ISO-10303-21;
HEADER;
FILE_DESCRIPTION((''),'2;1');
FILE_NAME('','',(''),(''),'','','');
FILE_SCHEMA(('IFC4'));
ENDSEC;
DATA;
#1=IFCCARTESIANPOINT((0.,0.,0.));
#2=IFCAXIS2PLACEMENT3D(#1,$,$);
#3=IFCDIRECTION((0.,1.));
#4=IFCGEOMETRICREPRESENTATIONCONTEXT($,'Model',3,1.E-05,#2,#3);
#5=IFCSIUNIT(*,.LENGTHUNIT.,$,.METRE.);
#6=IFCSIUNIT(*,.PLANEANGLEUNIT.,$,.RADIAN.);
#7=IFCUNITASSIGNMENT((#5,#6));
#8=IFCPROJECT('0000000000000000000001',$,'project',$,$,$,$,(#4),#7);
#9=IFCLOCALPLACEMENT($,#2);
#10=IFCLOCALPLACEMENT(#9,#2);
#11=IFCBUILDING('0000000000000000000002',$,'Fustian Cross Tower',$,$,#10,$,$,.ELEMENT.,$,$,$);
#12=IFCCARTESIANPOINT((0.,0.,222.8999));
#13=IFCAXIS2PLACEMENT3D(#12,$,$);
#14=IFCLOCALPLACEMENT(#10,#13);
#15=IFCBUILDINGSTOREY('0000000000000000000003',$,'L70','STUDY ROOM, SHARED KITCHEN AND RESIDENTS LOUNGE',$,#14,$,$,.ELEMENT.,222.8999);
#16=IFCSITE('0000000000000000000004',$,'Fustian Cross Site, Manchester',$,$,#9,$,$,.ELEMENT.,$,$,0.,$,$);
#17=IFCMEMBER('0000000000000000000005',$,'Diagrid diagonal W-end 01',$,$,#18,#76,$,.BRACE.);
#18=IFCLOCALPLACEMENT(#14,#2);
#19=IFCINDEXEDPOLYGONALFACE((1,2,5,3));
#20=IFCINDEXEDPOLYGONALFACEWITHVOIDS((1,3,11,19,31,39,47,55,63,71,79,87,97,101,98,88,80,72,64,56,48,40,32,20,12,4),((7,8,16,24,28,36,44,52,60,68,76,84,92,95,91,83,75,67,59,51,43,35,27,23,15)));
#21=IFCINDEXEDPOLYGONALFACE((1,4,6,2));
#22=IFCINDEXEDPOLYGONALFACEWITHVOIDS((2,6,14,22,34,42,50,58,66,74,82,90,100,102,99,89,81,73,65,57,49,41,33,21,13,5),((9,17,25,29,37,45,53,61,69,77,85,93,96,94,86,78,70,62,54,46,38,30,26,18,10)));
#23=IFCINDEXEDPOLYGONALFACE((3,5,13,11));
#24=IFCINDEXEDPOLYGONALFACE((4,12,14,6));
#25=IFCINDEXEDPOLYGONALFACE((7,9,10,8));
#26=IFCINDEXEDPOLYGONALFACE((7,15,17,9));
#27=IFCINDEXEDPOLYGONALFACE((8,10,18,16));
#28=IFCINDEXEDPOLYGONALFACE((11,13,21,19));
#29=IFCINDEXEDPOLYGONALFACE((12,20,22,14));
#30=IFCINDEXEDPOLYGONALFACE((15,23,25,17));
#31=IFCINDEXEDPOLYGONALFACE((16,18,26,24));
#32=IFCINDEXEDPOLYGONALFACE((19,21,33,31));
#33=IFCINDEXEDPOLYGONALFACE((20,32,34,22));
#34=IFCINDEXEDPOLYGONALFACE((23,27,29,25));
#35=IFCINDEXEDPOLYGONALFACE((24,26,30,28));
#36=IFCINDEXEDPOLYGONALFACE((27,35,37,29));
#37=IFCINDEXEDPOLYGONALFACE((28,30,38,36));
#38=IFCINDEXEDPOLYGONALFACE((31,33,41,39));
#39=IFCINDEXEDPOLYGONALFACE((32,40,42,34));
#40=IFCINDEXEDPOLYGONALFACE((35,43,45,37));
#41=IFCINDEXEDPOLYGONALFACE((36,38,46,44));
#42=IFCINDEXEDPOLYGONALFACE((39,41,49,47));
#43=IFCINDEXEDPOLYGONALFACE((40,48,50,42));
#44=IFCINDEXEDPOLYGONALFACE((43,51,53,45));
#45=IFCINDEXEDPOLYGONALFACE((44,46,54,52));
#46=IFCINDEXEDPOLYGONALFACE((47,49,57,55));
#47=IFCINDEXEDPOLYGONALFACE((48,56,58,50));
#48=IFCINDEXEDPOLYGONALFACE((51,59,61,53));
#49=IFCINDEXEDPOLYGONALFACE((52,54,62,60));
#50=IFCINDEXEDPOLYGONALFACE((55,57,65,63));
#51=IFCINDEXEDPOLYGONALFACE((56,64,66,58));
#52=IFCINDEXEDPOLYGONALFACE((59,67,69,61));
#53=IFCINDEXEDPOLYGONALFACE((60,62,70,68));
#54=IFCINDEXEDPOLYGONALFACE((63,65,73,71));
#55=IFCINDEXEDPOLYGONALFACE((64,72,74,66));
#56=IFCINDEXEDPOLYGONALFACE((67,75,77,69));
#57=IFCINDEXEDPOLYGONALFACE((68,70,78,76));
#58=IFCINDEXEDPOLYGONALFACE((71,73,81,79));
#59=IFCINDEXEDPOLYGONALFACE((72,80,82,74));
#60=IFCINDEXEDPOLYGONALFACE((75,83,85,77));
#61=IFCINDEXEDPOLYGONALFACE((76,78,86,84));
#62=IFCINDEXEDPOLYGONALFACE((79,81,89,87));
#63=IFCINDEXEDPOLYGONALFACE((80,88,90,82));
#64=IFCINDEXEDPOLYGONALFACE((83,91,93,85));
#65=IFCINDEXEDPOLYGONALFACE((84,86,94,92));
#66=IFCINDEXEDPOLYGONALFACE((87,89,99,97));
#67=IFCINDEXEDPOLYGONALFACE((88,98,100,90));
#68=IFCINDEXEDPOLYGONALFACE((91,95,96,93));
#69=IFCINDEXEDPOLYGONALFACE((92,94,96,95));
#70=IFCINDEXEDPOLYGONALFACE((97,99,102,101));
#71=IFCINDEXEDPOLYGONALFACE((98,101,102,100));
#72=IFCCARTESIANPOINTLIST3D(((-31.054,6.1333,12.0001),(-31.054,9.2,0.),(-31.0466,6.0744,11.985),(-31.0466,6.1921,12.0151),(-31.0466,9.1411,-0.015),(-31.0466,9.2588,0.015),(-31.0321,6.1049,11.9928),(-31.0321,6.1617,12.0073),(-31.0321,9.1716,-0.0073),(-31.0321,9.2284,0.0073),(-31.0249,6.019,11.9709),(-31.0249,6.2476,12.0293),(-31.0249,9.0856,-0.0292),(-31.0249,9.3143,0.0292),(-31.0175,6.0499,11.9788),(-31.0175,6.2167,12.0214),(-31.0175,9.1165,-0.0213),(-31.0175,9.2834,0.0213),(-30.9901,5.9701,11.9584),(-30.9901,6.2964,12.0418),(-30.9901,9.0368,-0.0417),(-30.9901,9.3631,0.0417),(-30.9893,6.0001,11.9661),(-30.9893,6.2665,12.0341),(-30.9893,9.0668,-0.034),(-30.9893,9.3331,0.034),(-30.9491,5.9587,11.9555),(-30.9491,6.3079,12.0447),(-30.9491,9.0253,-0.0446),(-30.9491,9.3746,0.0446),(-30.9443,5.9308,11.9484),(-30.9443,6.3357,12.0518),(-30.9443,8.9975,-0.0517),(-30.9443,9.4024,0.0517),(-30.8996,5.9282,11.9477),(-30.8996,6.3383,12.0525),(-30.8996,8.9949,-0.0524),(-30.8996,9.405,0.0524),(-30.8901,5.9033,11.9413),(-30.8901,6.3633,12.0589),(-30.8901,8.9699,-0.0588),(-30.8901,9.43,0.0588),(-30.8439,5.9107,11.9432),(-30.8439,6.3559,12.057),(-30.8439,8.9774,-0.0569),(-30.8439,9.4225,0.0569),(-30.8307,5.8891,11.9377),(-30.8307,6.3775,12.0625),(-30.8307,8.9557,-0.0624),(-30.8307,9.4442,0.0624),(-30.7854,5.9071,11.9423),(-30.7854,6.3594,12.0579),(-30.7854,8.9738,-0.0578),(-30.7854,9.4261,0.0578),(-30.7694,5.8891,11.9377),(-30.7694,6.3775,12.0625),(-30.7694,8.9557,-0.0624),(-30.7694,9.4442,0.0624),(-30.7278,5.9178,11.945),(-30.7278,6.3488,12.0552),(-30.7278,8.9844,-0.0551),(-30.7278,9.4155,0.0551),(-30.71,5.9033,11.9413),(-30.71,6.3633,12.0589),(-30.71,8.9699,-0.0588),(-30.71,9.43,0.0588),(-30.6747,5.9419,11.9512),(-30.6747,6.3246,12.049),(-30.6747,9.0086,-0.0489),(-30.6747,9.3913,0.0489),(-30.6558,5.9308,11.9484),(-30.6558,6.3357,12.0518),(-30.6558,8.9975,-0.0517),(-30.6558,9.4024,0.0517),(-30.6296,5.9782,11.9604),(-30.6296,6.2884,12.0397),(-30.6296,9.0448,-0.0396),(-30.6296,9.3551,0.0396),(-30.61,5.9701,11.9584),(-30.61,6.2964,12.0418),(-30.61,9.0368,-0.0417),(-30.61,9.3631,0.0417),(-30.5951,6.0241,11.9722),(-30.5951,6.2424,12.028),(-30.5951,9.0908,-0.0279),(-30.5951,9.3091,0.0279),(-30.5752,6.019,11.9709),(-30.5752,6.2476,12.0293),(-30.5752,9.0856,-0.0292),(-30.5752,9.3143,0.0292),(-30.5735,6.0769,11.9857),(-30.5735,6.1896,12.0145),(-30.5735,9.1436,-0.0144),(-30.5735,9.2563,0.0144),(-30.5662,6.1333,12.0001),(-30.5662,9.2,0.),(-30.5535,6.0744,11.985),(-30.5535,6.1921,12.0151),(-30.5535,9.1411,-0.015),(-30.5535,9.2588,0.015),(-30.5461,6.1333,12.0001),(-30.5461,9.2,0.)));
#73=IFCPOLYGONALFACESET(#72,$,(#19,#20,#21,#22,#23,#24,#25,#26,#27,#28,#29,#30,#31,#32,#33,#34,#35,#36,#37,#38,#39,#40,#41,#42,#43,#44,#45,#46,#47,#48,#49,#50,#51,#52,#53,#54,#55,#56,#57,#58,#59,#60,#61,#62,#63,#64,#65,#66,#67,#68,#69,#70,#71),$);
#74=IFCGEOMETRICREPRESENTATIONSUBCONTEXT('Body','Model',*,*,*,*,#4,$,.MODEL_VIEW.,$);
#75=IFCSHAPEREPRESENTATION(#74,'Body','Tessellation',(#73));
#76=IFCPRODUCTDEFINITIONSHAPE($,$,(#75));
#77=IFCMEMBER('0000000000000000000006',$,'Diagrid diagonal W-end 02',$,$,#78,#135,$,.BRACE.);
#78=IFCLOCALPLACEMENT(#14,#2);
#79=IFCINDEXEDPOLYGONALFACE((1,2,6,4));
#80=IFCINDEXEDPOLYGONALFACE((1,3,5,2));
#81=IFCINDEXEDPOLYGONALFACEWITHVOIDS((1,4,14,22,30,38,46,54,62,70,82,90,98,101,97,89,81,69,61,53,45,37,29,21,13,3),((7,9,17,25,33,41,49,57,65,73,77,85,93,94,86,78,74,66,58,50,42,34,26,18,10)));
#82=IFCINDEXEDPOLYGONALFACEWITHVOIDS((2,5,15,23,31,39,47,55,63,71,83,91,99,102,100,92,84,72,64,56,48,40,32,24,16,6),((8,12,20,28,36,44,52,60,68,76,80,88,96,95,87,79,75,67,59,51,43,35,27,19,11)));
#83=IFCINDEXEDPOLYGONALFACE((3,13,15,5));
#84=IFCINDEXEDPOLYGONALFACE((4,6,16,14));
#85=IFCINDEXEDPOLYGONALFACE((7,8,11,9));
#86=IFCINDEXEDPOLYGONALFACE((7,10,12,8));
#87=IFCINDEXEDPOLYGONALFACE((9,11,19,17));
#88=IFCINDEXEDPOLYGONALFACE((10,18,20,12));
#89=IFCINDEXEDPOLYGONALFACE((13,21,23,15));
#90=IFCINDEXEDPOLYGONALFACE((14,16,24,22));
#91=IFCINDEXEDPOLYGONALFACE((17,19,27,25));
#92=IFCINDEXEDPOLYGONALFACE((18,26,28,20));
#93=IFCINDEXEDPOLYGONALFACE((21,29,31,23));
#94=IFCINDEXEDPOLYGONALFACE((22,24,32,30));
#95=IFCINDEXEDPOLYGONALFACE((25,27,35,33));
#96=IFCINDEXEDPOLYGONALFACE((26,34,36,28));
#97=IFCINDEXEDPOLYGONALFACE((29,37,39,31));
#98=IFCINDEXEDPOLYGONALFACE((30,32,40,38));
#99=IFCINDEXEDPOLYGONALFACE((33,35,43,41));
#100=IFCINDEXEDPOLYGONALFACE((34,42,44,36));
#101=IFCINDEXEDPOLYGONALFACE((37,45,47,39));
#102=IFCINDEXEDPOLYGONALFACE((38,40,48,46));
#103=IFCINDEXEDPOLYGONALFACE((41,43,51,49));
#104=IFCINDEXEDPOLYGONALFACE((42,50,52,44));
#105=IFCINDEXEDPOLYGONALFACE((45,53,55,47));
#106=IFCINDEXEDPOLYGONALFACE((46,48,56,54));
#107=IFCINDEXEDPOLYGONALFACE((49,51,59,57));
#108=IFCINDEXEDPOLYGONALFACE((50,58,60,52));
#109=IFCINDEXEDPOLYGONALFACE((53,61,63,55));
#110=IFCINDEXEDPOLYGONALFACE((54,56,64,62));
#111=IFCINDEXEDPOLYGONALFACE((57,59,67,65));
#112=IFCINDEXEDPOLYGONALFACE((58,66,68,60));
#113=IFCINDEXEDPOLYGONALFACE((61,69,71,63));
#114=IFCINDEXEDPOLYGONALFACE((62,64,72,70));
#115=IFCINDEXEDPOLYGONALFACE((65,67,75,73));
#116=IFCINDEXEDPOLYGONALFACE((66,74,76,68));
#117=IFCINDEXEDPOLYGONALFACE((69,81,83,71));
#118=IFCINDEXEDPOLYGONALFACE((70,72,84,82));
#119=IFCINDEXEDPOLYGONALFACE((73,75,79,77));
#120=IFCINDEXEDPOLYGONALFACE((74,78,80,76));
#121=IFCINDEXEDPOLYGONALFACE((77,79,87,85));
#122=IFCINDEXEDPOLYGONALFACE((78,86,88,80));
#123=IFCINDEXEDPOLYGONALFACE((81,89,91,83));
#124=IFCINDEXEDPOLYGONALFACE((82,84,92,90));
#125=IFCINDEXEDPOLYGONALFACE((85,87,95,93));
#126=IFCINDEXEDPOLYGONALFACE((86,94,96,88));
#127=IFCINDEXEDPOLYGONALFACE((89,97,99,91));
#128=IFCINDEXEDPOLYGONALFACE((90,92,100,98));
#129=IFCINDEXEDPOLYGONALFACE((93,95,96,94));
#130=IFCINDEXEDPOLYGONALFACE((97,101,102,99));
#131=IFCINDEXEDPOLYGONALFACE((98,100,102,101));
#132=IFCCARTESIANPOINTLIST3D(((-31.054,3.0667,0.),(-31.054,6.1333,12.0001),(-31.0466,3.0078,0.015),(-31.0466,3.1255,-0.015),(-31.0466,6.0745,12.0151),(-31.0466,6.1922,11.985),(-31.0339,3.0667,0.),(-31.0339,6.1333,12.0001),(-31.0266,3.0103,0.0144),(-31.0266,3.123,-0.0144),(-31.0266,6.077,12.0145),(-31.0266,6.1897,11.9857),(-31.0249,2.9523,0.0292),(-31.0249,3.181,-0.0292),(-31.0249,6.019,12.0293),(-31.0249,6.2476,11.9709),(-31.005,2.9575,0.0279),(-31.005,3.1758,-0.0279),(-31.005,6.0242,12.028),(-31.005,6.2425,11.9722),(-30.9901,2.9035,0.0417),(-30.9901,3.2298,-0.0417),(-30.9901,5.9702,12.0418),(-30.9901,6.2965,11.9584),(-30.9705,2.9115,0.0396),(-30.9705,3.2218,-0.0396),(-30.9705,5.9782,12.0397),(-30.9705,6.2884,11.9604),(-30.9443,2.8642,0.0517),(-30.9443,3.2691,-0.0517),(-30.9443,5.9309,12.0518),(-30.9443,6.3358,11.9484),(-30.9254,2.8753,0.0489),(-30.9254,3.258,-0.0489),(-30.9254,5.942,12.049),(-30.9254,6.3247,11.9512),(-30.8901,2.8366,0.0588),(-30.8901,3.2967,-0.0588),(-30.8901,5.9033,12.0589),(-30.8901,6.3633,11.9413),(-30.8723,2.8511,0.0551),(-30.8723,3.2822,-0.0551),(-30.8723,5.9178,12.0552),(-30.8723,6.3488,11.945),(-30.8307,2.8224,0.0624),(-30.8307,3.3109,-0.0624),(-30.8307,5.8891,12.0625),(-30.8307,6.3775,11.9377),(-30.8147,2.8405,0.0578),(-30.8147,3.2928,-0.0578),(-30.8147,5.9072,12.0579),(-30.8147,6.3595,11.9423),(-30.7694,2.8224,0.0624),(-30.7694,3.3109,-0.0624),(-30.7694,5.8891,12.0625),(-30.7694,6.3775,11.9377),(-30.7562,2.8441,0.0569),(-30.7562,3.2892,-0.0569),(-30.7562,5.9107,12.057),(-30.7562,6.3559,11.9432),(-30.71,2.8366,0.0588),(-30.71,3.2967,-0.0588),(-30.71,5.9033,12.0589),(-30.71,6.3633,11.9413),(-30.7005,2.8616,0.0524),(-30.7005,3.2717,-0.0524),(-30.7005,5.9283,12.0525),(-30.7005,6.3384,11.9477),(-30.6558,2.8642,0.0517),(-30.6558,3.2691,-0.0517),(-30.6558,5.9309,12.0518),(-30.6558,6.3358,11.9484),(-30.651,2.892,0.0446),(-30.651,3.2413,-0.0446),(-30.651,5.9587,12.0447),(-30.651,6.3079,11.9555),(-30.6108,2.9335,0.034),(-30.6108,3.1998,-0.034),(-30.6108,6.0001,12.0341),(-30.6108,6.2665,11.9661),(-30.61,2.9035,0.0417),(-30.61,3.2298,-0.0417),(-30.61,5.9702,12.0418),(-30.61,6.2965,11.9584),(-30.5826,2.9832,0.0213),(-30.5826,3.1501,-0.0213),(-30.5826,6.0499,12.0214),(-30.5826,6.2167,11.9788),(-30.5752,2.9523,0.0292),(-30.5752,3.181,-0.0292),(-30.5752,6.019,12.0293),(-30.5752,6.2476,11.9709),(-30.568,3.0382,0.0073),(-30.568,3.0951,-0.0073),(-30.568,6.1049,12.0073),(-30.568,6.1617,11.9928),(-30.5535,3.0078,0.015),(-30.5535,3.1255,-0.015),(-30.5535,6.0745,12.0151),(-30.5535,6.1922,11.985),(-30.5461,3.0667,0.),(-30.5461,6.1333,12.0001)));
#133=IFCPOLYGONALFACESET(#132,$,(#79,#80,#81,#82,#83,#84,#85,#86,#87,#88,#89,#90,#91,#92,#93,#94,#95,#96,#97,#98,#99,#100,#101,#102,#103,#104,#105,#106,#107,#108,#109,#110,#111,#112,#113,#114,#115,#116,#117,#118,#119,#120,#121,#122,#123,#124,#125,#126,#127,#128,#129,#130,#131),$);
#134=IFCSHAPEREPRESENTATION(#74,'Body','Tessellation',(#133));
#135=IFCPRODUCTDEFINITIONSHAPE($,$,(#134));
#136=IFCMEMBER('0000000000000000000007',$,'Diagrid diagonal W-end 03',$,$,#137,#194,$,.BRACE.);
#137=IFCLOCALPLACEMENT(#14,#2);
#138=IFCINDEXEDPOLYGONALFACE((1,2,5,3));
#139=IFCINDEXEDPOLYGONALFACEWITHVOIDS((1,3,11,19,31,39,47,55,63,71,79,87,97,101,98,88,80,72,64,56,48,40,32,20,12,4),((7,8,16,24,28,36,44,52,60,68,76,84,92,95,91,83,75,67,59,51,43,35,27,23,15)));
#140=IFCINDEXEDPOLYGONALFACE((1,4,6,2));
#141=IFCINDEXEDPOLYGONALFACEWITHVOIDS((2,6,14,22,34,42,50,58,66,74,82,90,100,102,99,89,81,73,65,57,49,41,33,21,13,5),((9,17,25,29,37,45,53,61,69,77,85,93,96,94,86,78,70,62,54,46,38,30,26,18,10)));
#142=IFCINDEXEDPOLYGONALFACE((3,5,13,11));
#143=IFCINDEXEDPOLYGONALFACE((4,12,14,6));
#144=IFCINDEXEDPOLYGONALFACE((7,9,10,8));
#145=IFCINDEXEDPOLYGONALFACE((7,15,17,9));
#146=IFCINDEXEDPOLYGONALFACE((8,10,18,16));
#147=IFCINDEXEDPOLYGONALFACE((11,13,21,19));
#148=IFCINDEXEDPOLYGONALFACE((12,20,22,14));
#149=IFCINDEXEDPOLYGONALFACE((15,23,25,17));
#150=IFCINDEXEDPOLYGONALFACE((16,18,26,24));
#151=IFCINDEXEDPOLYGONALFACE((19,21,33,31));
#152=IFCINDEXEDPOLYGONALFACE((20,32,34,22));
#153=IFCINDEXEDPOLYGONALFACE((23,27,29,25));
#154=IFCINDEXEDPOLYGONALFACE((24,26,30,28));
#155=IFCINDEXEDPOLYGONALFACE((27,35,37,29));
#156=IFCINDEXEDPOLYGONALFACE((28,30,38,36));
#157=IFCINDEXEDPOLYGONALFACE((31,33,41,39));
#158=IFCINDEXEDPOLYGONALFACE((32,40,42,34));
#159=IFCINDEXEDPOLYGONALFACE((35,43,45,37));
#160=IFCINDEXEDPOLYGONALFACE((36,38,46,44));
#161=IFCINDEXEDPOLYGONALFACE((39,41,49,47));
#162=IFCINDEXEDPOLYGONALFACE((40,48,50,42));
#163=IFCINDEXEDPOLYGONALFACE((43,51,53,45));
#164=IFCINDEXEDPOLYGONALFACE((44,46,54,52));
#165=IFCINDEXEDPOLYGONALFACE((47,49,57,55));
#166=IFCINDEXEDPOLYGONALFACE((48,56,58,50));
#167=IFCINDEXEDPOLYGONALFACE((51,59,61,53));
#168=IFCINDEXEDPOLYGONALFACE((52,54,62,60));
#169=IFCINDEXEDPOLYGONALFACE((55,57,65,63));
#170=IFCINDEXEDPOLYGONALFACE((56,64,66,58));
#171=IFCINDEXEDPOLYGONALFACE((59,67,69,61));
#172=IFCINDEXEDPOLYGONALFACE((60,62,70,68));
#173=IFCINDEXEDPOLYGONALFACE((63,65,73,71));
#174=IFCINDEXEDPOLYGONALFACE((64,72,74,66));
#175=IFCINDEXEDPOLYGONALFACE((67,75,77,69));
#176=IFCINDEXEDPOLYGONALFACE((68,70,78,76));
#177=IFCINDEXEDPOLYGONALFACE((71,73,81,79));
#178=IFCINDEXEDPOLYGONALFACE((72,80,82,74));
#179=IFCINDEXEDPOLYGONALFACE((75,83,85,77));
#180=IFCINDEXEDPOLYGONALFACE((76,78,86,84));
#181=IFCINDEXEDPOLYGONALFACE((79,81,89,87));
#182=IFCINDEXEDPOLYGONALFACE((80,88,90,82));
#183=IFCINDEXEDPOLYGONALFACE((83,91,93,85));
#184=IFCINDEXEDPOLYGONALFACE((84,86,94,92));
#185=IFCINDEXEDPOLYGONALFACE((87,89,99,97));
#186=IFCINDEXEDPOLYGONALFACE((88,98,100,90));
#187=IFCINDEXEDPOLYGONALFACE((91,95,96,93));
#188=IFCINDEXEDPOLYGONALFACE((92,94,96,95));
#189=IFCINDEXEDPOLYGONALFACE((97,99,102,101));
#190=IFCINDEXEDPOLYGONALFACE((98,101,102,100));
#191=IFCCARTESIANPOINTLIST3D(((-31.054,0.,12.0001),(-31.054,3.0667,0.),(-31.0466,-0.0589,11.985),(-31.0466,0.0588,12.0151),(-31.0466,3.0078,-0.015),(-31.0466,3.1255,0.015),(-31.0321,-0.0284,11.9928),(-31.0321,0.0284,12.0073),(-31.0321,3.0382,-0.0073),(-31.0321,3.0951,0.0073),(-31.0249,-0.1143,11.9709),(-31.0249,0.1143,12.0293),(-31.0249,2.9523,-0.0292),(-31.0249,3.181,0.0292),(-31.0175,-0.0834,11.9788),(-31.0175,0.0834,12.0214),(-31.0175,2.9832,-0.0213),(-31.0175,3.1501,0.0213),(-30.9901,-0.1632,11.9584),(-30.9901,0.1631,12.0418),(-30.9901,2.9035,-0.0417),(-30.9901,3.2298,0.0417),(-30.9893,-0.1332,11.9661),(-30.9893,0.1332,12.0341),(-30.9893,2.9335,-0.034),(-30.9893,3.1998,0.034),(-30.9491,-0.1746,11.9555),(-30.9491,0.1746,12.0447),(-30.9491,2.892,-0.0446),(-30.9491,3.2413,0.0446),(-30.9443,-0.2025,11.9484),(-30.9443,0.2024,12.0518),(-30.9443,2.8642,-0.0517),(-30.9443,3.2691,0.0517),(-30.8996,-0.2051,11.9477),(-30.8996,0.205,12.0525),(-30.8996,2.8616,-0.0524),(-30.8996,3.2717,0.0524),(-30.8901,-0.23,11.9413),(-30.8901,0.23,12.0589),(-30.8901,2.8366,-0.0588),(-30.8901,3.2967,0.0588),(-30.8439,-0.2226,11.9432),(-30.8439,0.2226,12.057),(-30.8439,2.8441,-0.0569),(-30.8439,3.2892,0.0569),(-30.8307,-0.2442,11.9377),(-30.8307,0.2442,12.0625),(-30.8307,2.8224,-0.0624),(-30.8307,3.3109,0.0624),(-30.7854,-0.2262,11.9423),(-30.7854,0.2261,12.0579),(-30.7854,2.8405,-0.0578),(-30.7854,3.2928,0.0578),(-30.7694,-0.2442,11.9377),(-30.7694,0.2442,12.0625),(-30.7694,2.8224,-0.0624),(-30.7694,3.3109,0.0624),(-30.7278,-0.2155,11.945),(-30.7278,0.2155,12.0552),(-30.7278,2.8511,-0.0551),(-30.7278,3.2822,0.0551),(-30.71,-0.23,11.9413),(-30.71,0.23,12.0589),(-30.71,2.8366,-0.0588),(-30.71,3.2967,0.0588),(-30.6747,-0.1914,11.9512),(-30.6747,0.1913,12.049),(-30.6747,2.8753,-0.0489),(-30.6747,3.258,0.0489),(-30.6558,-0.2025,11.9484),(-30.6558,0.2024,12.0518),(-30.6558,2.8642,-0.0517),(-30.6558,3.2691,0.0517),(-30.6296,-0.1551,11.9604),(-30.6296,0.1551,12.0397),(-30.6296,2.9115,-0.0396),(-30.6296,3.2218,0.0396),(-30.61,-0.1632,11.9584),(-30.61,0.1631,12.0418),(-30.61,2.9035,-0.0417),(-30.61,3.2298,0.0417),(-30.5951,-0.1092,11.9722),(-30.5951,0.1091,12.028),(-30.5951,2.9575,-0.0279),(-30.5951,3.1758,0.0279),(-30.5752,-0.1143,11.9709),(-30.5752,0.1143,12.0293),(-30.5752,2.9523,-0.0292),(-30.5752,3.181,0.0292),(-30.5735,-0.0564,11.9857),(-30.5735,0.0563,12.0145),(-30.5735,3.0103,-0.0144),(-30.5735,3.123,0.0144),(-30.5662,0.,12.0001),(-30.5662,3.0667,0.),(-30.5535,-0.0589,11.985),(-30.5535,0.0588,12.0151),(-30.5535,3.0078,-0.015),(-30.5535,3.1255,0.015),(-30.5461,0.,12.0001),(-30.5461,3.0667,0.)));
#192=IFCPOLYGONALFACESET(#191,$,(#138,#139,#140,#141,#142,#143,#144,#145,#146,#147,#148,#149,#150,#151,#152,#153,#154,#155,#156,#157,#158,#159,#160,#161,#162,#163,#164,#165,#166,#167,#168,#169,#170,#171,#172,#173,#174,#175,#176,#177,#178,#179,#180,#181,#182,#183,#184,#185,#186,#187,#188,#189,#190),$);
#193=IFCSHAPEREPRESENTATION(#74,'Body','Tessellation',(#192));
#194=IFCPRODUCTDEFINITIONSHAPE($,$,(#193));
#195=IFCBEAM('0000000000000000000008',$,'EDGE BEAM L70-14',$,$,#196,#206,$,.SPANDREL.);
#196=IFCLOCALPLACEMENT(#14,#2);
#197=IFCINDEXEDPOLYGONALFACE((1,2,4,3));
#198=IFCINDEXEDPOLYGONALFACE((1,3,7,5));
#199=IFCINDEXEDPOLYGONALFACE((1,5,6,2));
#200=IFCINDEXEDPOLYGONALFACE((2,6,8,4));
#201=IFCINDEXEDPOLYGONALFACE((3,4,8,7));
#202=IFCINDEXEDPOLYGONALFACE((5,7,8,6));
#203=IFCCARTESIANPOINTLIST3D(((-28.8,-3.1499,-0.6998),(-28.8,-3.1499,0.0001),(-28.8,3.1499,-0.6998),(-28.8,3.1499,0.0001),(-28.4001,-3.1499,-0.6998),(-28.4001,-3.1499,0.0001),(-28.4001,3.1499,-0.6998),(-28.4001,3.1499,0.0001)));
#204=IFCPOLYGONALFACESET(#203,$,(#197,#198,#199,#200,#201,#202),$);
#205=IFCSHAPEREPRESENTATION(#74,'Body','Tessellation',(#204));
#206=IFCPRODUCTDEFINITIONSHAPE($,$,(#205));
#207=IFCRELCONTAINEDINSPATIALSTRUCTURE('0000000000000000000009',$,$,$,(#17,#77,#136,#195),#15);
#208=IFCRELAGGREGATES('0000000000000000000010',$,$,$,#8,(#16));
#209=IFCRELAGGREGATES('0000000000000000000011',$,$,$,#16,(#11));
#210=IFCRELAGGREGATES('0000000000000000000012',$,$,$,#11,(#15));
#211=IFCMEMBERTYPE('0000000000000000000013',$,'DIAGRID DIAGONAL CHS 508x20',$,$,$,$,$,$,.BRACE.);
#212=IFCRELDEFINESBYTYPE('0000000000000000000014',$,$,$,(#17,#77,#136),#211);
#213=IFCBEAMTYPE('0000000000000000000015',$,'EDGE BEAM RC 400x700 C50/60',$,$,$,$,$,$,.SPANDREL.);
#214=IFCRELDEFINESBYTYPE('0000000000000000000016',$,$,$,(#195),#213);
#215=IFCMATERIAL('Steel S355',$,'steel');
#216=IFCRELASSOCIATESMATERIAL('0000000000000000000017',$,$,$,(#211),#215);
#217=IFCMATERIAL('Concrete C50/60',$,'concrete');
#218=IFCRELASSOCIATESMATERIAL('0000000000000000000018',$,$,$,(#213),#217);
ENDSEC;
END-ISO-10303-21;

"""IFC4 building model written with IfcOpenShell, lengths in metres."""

from ifc_helpers import new_model, si_unit, direction, frame, origin, origin_2d, place, context, subcontext, project, spatial, rectangle, hollow_circle, extrude, material, material_profile, profile_set, type_object, element, save


model = new_model("IFC4")

# Units and contexts
model_context = context("Model", 3, precision=1e-05, world=origin(), true_north=direction((0.0, 1.0)))
body_context = subcontext(model_context, "Body", "Model", "MODEL_VIEW")
ifc_project = project(units=[si_unit("LENGTHUNIT", "METRE"), si_unit("PLANEANGLEUNIT", "RADIAN")], contexts=[model_context])

# Site, building, storey
site_placement = place(None, origin())
site = spatial("IfcSite", under=ifc_project, at=site_placement, Name="Fustian Cross Site, Manchester", CompositionType="ELEMENT", RefElevation=0.0)
building_placement = place(site_placement, origin())
building = spatial("IfcBuilding", under=site, at=building_placement, Name="Fustian Cross Tower", CompositionType="ELEMENT")
storey_placement = place(building_placement, frame((0.0, 0.0, 222.8999)))
storey = spatial("IfcBuildingStorey", under=building, at=storey_placement, Name="L70", Description="STUDY ROOM, SHARED KITCHEN AND RESIDENTS LOUNGE", CompositionType="ELEMENT", Elevation=222.8999)

# Members
ifc_material_1 = material(Name="Steel S355", Category="steel")
ifc_material_profile_1 = material_profile(ifc_material_1, hollow_circle(Radius=0.2539, WallThickness=0.02, at=origin_2d()), Name="CHS 508x20")
ifc_profile_set_1 = profile_set([ifc_material_profile_1], Name="Steel S355")
member_type_1 = type_object("IfcMemberType", Name="DIAGRID DIAGONAL CHS 508x20", PredefinedType="BRACE", material=ifc_profile_set_1)
for number, where, z_axis, x_axis, name in (
    (1, (-30.8, 9.2, 0.0), (0.0, -0.247597, 0.968863), (1.0, 0.0, 0.0), "Diagrid diagonal W-end 01"),
    (2, (-30.8, 3.0667, 0.0), (0.0, 0.247597, 0.968863), (-1.0, 0.0, 0.0), "Diagrid diagonal W-end 02"),
    (3, (-30.8, 3.0667, 0.0), (0.0, -0.247597, 0.968863), (1.0, 0.0, 0.0), "Diagrid diagonal W-end 03"),
):
    element("IfcMember", number, at=place(storey_placement, frame(where, z_axis=z_axis, x_axis=x_axis)), inside=storey, type_object=member_type_1, Name=name, PredefinedType="BRACE", context=body_context, shape_type="SweptSolid", body=[
        extrude(hollow_circle(Radius=0.2539, WallThickness=0.02, at=origin_2d()), origin(), (0.0, 0.0, 1.0), 12.3857),
    ])

# Beam
ifc_material_2 = material(Name="Concrete C50/60", Category="concrete")
ifc_material_profile_2 = material_profile(ifc_material_2, rectangle(XDim=0.3999, YDim=0.7, at=origin_2d()), Name="RC 400x700")
ifc_profile_set_2 = profile_set([ifc_material_profile_2], Name="Concrete C50/60")
beam_type = type_object("IfcBeamType", Name="EDGE BEAM RC 400x700 C50/60", PredefinedType="SPANDREL", material=ifc_profile_set_2)
beam_placement = place(storey_placement, frame((-28.6001, 3.1499, -0.3499), z_axis=(0.0, -1.0, 0.0), x_axis=(1.0, 0.0, 0.0)))
element("IfcBeam", 4, at=beam_placement, inside=storey, type_object=beam_type, Name="EDGE BEAM L70-14", PredefinedType="SPANDREL", context=body_context, shape_type="SweptSolid", body=[
    extrude(rectangle(XDim=0.3999, YDim=0.7, at=origin_2d()), origin(), (0.0, 0.0, 1.0), 6.2998),
])

save(model, "model.ifc")
